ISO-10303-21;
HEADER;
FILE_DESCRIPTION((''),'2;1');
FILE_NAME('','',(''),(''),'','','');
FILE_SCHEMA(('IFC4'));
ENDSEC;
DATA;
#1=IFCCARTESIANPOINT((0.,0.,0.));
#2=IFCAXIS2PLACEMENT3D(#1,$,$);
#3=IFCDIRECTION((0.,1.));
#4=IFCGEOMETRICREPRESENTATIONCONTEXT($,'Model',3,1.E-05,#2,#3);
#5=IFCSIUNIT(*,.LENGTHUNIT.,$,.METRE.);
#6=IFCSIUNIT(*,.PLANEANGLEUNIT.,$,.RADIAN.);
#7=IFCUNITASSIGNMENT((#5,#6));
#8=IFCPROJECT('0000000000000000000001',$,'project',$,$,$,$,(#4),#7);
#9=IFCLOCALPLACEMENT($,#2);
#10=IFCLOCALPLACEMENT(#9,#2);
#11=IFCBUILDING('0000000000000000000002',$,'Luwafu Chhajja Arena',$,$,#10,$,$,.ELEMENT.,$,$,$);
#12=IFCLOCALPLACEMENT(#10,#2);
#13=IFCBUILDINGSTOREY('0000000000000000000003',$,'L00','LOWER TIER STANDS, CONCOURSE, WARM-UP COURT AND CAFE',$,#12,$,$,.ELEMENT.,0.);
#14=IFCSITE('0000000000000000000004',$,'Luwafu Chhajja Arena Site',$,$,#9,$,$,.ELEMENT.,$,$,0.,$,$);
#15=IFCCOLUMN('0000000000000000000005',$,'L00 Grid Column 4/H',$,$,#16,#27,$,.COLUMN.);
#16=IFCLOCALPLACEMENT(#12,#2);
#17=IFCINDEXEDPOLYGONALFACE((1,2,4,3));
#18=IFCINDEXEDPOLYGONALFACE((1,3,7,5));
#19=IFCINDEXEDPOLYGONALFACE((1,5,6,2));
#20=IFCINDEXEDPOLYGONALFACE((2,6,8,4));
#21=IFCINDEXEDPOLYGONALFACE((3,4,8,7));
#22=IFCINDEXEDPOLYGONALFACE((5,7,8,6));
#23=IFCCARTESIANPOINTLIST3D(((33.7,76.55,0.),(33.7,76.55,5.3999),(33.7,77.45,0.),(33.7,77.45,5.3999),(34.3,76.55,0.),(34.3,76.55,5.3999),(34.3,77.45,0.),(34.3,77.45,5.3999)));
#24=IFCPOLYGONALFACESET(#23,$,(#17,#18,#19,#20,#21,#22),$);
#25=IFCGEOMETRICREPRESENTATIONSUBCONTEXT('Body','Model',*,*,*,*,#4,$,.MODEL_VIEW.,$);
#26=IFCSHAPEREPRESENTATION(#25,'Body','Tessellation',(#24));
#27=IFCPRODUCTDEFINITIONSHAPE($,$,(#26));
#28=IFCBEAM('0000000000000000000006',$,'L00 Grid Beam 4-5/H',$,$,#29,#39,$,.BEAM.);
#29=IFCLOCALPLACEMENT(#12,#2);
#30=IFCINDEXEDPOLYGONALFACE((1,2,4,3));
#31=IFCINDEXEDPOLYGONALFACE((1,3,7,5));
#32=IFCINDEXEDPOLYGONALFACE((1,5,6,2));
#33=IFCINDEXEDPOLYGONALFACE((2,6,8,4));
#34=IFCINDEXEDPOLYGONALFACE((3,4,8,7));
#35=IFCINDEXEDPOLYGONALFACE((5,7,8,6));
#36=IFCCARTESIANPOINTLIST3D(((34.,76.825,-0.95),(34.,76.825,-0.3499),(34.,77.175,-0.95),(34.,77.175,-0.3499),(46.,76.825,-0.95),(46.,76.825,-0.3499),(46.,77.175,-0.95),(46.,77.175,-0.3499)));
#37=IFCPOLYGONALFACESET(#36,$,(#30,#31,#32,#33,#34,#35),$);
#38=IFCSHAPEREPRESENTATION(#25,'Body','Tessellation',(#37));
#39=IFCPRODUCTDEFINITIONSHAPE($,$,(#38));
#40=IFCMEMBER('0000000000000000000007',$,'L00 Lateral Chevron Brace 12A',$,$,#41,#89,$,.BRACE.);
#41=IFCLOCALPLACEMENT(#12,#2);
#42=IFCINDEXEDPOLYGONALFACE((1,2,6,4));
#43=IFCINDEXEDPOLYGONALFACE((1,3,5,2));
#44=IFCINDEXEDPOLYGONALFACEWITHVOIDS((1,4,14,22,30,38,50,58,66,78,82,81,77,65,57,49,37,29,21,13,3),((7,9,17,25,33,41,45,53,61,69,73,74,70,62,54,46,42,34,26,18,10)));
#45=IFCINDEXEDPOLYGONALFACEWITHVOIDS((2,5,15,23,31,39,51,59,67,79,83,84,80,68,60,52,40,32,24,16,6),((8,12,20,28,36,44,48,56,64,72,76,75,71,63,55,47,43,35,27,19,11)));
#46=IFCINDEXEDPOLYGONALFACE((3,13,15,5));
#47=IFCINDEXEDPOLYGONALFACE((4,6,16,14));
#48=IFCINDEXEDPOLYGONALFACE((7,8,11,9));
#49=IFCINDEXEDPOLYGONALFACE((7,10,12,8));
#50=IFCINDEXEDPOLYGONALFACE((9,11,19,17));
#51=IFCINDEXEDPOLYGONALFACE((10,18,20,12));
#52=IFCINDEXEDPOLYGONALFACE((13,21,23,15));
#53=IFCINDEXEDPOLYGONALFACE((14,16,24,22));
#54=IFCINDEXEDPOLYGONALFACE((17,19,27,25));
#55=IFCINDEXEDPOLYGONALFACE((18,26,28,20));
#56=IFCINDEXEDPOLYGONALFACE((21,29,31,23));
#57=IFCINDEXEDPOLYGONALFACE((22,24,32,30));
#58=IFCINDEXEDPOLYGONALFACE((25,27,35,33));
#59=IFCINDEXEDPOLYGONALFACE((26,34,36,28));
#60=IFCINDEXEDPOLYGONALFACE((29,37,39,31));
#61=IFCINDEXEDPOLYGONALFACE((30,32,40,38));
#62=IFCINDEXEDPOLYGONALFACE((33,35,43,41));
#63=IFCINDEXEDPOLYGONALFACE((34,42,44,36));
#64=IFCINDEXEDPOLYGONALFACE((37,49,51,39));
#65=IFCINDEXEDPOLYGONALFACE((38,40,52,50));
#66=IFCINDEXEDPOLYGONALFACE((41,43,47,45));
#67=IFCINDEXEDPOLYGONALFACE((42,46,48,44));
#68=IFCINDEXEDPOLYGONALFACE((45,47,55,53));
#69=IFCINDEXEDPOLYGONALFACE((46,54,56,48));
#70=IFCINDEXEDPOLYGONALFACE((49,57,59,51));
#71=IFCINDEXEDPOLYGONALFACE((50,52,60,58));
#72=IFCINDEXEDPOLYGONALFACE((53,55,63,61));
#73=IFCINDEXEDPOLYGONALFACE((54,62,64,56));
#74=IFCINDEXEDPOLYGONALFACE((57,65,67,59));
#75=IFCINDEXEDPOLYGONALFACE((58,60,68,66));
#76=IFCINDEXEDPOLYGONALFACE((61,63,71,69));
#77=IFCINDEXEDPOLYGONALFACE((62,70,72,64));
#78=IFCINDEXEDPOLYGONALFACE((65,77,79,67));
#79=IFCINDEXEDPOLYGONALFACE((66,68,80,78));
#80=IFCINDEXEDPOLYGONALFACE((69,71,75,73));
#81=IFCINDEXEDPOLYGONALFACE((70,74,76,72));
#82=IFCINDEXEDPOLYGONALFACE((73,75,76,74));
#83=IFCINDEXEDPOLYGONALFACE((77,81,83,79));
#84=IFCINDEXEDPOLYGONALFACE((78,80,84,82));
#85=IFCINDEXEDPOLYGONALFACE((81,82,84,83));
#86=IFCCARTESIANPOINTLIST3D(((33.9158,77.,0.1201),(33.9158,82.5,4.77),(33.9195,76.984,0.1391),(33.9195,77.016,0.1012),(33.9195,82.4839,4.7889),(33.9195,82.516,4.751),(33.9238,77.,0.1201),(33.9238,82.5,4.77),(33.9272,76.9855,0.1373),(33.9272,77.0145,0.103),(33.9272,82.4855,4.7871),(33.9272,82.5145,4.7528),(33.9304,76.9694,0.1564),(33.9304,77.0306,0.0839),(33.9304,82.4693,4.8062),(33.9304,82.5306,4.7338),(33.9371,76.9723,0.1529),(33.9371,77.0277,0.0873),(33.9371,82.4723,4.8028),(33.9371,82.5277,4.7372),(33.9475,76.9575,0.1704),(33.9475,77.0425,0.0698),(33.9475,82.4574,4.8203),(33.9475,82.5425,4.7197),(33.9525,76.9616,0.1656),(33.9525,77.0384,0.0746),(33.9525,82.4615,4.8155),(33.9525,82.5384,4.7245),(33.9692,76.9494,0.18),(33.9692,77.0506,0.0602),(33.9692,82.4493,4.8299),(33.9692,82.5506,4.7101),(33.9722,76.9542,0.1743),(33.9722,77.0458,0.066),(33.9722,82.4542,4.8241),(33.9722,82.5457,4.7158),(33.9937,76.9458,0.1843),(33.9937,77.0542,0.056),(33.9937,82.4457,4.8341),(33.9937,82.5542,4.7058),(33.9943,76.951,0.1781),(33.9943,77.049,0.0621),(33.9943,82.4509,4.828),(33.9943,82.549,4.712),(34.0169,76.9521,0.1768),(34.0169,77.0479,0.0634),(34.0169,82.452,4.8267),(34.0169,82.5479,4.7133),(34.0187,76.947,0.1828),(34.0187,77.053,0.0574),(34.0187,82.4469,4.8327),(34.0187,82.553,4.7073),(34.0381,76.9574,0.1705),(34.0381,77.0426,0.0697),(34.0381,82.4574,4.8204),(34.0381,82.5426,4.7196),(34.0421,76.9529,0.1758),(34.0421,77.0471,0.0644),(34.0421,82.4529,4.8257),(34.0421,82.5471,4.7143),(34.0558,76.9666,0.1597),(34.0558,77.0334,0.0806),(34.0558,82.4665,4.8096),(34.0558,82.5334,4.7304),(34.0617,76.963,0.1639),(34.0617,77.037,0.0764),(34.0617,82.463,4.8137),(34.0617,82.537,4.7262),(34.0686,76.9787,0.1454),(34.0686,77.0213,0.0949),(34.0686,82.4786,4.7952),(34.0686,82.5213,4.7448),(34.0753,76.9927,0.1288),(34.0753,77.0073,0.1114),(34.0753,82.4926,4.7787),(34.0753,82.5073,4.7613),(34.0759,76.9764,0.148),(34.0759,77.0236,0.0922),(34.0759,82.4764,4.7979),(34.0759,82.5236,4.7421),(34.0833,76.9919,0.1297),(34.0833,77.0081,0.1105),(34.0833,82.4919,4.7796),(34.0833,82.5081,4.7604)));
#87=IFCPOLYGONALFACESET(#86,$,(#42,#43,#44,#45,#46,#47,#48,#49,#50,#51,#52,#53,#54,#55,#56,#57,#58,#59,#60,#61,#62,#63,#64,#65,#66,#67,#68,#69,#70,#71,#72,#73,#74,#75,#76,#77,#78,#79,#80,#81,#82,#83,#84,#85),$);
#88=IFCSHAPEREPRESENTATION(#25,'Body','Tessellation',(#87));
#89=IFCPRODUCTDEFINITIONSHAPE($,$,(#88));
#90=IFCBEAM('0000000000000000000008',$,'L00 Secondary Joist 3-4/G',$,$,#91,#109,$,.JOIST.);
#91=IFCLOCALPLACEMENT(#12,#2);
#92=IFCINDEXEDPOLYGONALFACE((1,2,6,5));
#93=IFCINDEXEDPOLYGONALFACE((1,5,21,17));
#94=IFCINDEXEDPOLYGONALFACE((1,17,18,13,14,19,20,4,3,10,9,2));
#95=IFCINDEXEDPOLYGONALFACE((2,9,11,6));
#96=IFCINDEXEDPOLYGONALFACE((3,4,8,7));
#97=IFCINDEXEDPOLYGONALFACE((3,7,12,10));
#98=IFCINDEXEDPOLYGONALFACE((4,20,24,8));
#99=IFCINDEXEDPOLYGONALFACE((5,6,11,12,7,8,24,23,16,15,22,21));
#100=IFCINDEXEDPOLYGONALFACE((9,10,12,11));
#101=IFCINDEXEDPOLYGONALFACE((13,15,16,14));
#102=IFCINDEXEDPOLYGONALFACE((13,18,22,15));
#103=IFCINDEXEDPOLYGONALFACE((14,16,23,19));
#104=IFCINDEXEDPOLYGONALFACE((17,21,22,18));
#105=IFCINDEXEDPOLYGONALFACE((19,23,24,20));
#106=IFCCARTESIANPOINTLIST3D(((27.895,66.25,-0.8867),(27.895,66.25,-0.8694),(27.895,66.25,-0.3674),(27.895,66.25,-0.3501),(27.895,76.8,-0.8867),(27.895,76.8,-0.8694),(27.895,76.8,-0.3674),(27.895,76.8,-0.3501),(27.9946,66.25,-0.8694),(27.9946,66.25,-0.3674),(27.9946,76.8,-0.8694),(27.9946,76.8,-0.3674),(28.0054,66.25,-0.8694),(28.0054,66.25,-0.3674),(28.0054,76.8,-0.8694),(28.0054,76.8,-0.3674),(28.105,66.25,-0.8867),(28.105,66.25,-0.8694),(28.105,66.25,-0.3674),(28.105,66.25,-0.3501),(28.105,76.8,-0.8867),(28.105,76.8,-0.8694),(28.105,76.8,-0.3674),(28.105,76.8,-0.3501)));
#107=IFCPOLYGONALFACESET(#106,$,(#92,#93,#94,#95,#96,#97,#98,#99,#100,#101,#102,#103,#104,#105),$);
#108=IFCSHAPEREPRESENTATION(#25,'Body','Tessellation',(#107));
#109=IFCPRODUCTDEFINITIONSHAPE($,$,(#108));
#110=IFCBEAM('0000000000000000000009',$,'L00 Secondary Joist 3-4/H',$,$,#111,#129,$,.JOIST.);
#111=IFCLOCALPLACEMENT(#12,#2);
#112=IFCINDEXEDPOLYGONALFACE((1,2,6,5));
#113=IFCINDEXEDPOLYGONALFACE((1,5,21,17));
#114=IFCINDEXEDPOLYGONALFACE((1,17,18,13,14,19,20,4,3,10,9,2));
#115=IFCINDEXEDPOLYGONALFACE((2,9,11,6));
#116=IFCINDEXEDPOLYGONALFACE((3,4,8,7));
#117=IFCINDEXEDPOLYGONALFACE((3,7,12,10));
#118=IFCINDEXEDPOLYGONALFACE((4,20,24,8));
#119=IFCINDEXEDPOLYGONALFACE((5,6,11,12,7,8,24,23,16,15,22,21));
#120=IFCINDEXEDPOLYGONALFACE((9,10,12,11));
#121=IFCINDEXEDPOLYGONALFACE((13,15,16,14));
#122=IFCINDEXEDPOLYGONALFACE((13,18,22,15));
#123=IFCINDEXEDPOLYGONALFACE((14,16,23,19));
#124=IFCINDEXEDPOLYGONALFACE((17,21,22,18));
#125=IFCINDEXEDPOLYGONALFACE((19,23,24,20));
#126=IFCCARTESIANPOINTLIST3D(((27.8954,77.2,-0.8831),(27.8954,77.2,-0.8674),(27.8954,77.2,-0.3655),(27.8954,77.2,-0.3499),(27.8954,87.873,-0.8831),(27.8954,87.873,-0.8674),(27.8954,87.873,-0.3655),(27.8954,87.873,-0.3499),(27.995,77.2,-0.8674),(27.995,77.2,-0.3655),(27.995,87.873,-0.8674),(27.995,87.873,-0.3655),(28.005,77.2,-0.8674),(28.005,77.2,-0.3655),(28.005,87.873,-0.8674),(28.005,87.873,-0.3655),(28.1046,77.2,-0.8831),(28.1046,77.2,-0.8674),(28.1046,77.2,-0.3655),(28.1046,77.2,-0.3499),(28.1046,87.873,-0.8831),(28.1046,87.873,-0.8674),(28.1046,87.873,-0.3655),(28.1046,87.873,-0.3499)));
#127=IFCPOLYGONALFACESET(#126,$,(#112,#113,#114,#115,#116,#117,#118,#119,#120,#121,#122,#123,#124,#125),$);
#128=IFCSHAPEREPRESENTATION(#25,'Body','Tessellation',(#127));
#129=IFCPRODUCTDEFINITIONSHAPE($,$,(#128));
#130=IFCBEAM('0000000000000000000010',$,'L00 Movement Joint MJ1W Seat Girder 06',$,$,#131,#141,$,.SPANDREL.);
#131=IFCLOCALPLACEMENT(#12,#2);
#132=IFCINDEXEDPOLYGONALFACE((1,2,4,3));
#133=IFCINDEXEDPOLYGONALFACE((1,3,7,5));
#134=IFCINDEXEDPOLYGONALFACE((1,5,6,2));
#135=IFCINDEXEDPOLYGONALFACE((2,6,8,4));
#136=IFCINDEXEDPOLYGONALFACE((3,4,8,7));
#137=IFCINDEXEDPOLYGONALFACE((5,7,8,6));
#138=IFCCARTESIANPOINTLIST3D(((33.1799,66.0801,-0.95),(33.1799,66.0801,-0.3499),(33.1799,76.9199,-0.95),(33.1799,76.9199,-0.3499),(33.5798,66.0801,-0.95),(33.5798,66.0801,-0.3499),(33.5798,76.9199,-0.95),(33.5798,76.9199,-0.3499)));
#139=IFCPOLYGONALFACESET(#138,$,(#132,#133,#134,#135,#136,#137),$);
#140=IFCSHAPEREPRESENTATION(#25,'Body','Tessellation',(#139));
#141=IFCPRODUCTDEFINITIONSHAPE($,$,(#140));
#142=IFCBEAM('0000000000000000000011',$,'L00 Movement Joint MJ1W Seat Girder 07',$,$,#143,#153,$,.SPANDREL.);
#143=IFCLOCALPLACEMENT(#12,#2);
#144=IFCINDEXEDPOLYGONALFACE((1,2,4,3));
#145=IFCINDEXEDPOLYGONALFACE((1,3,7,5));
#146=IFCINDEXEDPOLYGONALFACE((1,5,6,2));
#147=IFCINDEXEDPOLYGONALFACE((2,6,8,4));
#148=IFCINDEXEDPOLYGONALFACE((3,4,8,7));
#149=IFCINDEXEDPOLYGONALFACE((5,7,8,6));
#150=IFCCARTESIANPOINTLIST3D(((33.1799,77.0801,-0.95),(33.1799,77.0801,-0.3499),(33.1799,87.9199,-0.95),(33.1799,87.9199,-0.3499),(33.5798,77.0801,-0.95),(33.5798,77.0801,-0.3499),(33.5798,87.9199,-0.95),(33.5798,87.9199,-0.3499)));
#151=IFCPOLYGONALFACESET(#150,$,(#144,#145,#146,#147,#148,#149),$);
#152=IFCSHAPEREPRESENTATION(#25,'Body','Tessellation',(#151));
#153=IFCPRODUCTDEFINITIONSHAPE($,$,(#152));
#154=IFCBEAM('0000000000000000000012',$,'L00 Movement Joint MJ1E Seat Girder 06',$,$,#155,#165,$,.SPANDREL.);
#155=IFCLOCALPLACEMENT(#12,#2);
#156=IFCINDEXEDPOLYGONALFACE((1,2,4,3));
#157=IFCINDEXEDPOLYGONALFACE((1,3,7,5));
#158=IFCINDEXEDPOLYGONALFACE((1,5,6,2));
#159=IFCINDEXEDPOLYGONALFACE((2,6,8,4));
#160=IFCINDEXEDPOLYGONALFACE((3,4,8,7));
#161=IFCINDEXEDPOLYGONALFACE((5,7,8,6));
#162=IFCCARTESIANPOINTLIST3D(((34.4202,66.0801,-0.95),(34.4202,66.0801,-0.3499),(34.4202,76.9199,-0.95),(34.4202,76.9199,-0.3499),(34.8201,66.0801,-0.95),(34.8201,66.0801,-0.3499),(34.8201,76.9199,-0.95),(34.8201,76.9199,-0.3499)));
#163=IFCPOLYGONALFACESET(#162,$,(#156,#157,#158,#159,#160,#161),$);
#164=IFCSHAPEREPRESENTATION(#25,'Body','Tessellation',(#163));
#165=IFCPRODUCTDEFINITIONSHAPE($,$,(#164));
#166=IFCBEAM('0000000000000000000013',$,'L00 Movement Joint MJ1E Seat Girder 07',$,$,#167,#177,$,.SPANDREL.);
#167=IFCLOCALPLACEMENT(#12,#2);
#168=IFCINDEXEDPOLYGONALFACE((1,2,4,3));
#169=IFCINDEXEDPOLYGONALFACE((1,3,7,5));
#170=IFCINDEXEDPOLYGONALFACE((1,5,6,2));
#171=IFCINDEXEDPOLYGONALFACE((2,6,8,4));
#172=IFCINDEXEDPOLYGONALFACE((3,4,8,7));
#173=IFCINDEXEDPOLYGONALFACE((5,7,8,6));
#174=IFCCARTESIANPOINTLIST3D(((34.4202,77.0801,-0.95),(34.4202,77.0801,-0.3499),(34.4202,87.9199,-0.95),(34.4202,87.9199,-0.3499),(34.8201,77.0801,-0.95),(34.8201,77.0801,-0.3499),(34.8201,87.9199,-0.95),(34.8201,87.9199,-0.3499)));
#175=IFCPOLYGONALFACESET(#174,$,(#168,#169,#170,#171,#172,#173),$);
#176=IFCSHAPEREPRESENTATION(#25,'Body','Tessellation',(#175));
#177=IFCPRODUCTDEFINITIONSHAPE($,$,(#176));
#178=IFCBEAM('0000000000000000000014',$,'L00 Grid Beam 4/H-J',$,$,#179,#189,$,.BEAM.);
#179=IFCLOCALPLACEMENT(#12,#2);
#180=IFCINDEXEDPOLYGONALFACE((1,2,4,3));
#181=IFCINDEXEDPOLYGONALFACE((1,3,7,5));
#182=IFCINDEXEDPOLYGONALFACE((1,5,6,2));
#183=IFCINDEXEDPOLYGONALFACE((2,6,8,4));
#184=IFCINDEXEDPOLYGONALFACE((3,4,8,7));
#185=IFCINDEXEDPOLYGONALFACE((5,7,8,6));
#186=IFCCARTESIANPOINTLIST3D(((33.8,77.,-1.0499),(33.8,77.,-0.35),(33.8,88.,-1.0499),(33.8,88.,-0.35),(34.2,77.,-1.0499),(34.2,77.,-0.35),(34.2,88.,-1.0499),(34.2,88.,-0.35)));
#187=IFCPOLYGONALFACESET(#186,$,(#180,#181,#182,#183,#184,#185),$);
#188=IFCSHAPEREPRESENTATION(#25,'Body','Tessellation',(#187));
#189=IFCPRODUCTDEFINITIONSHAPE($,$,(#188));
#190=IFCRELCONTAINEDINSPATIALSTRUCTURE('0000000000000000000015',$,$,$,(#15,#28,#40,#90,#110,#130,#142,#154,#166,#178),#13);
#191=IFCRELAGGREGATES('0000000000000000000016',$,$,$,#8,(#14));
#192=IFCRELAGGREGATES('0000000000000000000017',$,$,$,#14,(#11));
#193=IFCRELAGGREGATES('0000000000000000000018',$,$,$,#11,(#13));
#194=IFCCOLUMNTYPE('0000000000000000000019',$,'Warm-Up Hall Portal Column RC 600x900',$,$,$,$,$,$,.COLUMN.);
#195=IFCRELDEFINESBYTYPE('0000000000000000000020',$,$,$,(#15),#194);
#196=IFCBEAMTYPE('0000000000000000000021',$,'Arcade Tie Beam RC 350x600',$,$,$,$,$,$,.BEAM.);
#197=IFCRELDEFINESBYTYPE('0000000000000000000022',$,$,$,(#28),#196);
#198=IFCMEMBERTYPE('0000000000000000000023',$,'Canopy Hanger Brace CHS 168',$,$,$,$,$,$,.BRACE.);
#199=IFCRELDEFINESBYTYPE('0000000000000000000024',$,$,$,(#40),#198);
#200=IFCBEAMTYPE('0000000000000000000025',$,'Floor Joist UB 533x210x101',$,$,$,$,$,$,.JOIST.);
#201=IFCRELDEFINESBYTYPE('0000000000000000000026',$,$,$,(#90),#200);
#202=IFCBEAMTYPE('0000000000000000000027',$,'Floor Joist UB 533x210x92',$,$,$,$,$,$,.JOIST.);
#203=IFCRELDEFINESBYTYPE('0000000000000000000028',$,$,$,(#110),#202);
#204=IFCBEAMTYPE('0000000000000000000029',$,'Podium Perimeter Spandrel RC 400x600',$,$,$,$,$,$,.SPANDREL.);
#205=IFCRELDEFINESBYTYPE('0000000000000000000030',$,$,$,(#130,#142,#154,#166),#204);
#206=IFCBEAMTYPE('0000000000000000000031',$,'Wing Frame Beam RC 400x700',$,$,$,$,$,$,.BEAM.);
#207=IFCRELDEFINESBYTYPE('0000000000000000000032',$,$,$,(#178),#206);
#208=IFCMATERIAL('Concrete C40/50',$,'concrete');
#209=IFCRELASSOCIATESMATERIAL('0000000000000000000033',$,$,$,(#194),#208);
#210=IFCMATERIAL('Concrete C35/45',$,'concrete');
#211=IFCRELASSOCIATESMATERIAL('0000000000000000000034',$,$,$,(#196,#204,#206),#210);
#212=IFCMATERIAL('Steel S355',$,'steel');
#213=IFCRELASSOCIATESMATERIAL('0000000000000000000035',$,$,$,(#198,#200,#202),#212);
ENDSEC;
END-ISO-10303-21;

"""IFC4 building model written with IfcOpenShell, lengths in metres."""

from ifc_helpers import new_model, si_unit, direction, frame, origin, origin_2d, place, context, subcontext, project, spatial, rectangle, hollow_circle, i_section, extrude, material, material_profile, profile_set, type_object, element, save


model = new_model("IFC4")

# Units and contexts
model_context = context("Model", 3, precision=1e-05, world=origin(), true_north=direction((0.0, 1.0)))
body_context = subcontext(model_context, "Body", "Model", "MODEL_VIEW")
ifc_project = project(units=[si_unit("LENGTHUNIT", "METRE"), si_unit("PLANEANGLEUNIT", "RADIAN")], contexts=[model_context])

# Site, building, storey
site_placement = place(None, origin())
site = spatial("IfcSite", under=ifc_project, at=site_placement, Name="Luwafu Chhajja Arena Site", CompositionType="ELEMENT", RefElevation=0.0)
building_placement = place(site_placement, origin())
building = spatial("IfcBuilding", under=site, at=building_placement, Name="Luwafu Chhajja Arena", CompositionType="ELEMENT")
storey_placement = place(building_placement, origin())
storey = spatial("IfcBuildingStorey", under=building, at=storey_placement, Name="L00", Description="LOWER TIER STANDS, CONCOURSE, WARM-UP COURT AND CAFE", CompositionType="ELEMENT", Elevation=0.0)

# Column
ifc_material_1 = material(Name="Concrete C40/50", Category="concrete")
ifc_material_profile_1 = material_profile(ifc_material_1, rectangle(XDim=0.6001, YDim=0.8999, at=origin_2d()), Name="RC 600x900")
ifc_profile_set_1 = profile_set([ifc_material_profile_1], Name="Concrete C40/50")
column_type = type_object("IfcColumnType", Name="Warm-Up Hall Portal Column RC 600x900", PredefinedType="COLUMN", material=ifc_profile_set_1)
column_placement = place(storey_placement, frame((34.0, 77.0, 0.0), z_axis=(0.0, 0.0, 1.0), x_axis=(1.0, 0.0, 0.0)))
element("IfcColumn", 1, at=column_placement, inside=storey, type_object=column_type, Name="L00 Grid Column 4/H", PredefinedType="COLUMN", context=body_context, shape_type="SweptSolid", body=[
    extrude(rectangle(XDim=0.6001, YDim=0.8999, at=origin_2d()), origin(), (0.0, 0.0, 1.0), 5.3999),
])

# Beam
ifc_material_2 = material(Name="Concrete C35/45", Category="concrete")
ifc_material_profile_2 = material_profile(ifc_material_2, rectangle(XDim=0.3501, YDim=0.6001, at=origin_2d()), Name="RC 350x600")
ifc_profile_set_2 = profile_set([ifc_material_profile_2], Name="Concrete C35/45")
beam_type_1 = type_object("IfcBeamType", Name="Arcade Tie Beam RC 350x600", PredefinedType="BEAM", material=ifc_profile_set_2)
beam_1_placement = place(storey_placement, frame((34.0, 77.0, -0.6499), z_axis=(1.0, 0.0, 0.0), x_axis=(0.0, 1.0, 0.0)))
element("IfcBeam", 2, at=beam_1_placement, inside=storey, type_object=beam_type_1, Name="L00 Grid Beam 4-5/H", PredefinedType="BEAM", context=body_context, shape_type="SweptSolid", body=[
    extrude(rectangle(XDim=0.3501, YDim=0.6001, at=origin_2d()), origin(), (0.0, 0.0, 1.0), 12.0),
])

# Member
ifc_material_3 = material(Name="Steel S355", Category="steel")
ifc_material_profile_3 = material_profile(ifc_material_3, hollow_circle(Radius=0.0842, WallThickness=0.0081, at=origin_2d()), Name="CHS 168.3x8")
ifc_profile_set_3 = profile_set([ifc_material_profile_3], Name="Steel S355")
member_type = type_object("IfcMemberType", Name="Canopy Hanger Brace CHS 168", PredefinedType="BRACE", material=ifc_profile_set_3)
member_placement = place(storey_placement, frame((34.0, 77.0, 0.1201), z_axis=(0.0, 0.763656, 0.645623), x_axis=(-1.0, 0.0, 0.0)))
element("IfcMember", 3, at=member_placement, inside=storey, type_object=member_type, Name="L00 Lateral Chevron Brace 12A", PredefinedType="BRACE", context=body_context, shape_type="SweptSolid", body=[
    extrude(hollow_circle(Radius=0.0842, WallThickness=0.0081, at=origin_2d()), origin(), (0.0, 0.0, 1.0), 7.2021),
])

# Beams
ifc_material_profile_4 = material_profile(ifc_material_3, i_section(OverallWidth=0.21, OverallDepth=0.5366, WebThickness=0.0107, FlangeThickness=0.0173, at=origin_2d()), Name="UB 533x210x101")
ifc_profile_set_4 = profile_set([ifc_material_profile_4], Name="Steel S355")
beam_type_2 = type_object("IfcBeamType", Name="Floor Joist UB 533x210x101", PredefinedType="JOIST", material=ifc_profile_set_4)
beam_2_placement = place(storey_placement, frame((28.0, 66.25, -0.6184), z_axis=(0.0, 1.0, 0.0), x_axis=(-1.0, 0.0, 0.0)))
element("IfcBeam", 4, at=beam_2_placement, inside=storey, type_object=beam_type_2, Name="L00 Secondary Joist 3-4/G", PredefinedType="JOIST", context=body_context, shape_type="SweptSolid", body=[
    extrude(i_section(OverallWidth=0.21, OverallDepth=0.5366, WebThickness=0.0107, FlangeThickness=0.0173, at=origin_2d()), origin(), (0.0, 0.0, 1.0), 10.55),
])
ifc_material_profile_5 = material_profile(ifc_material_3, i_section(OverallWidth=0.2092, OverallDepth=0.5332, WebThickness=0.01, FlangeThickness=0.0156, at=origin_2d()), Name="UB 533x210x92")
ifc_profile_set_5 = profile_set([ifc_material_profile_5], Name="Steel S355")
beam_type_3 = type_object("IfcBeamType", Name="Floor Joist UB 533x210x92", PredefinedType="JOIST", material=ifc_profile_set_5)
beam_3_placement = place(storey_placement, frame((28.0, 77.2, -0.6165), z_axis=(0.0, 1.0, 0.0), x_axis=(-1.0, 0.0, 0.0)))
element("IfcBeam", 5, at=beam_3_placement, inside=storey, type_object=beam_type_3, Name="L00 Secondary Joist 3-4/H", PredefinedType="JOIST", context=body_context, shape_type="SweptSolid", body=[
    extrude(i_section(OverallWidth=0.2092, OverallDepth=0.5332, WebThickness=0.01, FlangeThickness=0.0156, at=origin_2d()), origin(), (0.0, 0.0, 1.0), 10.6731),
])
ifc_material_profile_6 = material_profile(ifc_material_2, rectangle(XDim=0.3999, YDim=0.6001, at=origin_2d()), Name="RC 400x600")
ifc_profile_set_6 = profile_set([ifc_material_profile_6], Name="Concrete C35/45")
beam_type_4 = type_object("IfcBeamType", Name="Podium Perimeter Spandrel RC 400x600", PredefinedType="SPANDREL", material=ifc_profile_set_6)
for number, where, z_axis, x_axis, name in (
    (6, (33.3799, 66.0801, -0.6499), (0.0, 1.0, 0.0), (-1.0, 0.0, 0.0), "L00 Movement Joint MJ1W Seat Girder 06"),
    (7, (33.3799, 77.0801, -0.6499), (0.0, 1.0, 0.0), (-1.0, 0.0, 0.0), "L00 Movement Joint MJ1W Seat Girder 07"),
    (8, (34.6201, 66.0801, -0.6499), (0.0, 1.0, 0.0), (-1.0, 0.0, 0.0), "L00 Movement Joint MJ1E Seat Girder 06"),
    (9, (34.6201, 77.0801, -0.6499), (0.0, 1.0, 0.0), (-1.0, 0.0, 0.0), "L00 Movement Joint MJ1E Seat Girder 07"),
):
    element("IfcBeam", number, at=place(storey_placement, frame(where, z_axis=z_axis, x_axis=x_axis)), inside=storey, type_object=beam_type_4, Name=name, PredefinedType="SPANDREL", context=body_context, shape_type="SweptSolid", body=[
        extrude(rectangle(XDim=0.3999, YDim=0.6001, at=origin_2d()), origin(), (0.0, 0.0, 1.0), 10.8398),
    ])
ifc_material_profile_7 = material_profile(ifc_material_2, rectangle(XDim=0.3999, YDim=0.7, at=origin_2d()), Name="RC 400x700")
ifc_profile_set_7 = profile_set([ifc_material_profile_7], Name="Concrete C35/45")
beam_type_5 = type_object("IfcBeamType", Name="Wing Frame Beam RC 400x700", PredefinedType="BEAM", material=ifc_profile_set_7)
beam_4_placement = place(storey_placement, frame((34.0, 77.0, -0.7), z_axis=(0.0, 1.0, 0.0), x_axis=(-1.0, 0.0, 0.0)))
element("IfcBeam", 10, at=beam_4_placement, inside=storey, type_object=beam_type_5, Name="L00 Grid Beam 4/H-J", PredefinedType="BEAM", context=body_context, shape_type="SweptSolid", body=[
    extrude(rectangle(XDim=0.3999, YDim=0.7, at=origin_2d()), origin(), (0.0, 0.0, 1.0), 11.0),
])

save(model, "model.ifc")
